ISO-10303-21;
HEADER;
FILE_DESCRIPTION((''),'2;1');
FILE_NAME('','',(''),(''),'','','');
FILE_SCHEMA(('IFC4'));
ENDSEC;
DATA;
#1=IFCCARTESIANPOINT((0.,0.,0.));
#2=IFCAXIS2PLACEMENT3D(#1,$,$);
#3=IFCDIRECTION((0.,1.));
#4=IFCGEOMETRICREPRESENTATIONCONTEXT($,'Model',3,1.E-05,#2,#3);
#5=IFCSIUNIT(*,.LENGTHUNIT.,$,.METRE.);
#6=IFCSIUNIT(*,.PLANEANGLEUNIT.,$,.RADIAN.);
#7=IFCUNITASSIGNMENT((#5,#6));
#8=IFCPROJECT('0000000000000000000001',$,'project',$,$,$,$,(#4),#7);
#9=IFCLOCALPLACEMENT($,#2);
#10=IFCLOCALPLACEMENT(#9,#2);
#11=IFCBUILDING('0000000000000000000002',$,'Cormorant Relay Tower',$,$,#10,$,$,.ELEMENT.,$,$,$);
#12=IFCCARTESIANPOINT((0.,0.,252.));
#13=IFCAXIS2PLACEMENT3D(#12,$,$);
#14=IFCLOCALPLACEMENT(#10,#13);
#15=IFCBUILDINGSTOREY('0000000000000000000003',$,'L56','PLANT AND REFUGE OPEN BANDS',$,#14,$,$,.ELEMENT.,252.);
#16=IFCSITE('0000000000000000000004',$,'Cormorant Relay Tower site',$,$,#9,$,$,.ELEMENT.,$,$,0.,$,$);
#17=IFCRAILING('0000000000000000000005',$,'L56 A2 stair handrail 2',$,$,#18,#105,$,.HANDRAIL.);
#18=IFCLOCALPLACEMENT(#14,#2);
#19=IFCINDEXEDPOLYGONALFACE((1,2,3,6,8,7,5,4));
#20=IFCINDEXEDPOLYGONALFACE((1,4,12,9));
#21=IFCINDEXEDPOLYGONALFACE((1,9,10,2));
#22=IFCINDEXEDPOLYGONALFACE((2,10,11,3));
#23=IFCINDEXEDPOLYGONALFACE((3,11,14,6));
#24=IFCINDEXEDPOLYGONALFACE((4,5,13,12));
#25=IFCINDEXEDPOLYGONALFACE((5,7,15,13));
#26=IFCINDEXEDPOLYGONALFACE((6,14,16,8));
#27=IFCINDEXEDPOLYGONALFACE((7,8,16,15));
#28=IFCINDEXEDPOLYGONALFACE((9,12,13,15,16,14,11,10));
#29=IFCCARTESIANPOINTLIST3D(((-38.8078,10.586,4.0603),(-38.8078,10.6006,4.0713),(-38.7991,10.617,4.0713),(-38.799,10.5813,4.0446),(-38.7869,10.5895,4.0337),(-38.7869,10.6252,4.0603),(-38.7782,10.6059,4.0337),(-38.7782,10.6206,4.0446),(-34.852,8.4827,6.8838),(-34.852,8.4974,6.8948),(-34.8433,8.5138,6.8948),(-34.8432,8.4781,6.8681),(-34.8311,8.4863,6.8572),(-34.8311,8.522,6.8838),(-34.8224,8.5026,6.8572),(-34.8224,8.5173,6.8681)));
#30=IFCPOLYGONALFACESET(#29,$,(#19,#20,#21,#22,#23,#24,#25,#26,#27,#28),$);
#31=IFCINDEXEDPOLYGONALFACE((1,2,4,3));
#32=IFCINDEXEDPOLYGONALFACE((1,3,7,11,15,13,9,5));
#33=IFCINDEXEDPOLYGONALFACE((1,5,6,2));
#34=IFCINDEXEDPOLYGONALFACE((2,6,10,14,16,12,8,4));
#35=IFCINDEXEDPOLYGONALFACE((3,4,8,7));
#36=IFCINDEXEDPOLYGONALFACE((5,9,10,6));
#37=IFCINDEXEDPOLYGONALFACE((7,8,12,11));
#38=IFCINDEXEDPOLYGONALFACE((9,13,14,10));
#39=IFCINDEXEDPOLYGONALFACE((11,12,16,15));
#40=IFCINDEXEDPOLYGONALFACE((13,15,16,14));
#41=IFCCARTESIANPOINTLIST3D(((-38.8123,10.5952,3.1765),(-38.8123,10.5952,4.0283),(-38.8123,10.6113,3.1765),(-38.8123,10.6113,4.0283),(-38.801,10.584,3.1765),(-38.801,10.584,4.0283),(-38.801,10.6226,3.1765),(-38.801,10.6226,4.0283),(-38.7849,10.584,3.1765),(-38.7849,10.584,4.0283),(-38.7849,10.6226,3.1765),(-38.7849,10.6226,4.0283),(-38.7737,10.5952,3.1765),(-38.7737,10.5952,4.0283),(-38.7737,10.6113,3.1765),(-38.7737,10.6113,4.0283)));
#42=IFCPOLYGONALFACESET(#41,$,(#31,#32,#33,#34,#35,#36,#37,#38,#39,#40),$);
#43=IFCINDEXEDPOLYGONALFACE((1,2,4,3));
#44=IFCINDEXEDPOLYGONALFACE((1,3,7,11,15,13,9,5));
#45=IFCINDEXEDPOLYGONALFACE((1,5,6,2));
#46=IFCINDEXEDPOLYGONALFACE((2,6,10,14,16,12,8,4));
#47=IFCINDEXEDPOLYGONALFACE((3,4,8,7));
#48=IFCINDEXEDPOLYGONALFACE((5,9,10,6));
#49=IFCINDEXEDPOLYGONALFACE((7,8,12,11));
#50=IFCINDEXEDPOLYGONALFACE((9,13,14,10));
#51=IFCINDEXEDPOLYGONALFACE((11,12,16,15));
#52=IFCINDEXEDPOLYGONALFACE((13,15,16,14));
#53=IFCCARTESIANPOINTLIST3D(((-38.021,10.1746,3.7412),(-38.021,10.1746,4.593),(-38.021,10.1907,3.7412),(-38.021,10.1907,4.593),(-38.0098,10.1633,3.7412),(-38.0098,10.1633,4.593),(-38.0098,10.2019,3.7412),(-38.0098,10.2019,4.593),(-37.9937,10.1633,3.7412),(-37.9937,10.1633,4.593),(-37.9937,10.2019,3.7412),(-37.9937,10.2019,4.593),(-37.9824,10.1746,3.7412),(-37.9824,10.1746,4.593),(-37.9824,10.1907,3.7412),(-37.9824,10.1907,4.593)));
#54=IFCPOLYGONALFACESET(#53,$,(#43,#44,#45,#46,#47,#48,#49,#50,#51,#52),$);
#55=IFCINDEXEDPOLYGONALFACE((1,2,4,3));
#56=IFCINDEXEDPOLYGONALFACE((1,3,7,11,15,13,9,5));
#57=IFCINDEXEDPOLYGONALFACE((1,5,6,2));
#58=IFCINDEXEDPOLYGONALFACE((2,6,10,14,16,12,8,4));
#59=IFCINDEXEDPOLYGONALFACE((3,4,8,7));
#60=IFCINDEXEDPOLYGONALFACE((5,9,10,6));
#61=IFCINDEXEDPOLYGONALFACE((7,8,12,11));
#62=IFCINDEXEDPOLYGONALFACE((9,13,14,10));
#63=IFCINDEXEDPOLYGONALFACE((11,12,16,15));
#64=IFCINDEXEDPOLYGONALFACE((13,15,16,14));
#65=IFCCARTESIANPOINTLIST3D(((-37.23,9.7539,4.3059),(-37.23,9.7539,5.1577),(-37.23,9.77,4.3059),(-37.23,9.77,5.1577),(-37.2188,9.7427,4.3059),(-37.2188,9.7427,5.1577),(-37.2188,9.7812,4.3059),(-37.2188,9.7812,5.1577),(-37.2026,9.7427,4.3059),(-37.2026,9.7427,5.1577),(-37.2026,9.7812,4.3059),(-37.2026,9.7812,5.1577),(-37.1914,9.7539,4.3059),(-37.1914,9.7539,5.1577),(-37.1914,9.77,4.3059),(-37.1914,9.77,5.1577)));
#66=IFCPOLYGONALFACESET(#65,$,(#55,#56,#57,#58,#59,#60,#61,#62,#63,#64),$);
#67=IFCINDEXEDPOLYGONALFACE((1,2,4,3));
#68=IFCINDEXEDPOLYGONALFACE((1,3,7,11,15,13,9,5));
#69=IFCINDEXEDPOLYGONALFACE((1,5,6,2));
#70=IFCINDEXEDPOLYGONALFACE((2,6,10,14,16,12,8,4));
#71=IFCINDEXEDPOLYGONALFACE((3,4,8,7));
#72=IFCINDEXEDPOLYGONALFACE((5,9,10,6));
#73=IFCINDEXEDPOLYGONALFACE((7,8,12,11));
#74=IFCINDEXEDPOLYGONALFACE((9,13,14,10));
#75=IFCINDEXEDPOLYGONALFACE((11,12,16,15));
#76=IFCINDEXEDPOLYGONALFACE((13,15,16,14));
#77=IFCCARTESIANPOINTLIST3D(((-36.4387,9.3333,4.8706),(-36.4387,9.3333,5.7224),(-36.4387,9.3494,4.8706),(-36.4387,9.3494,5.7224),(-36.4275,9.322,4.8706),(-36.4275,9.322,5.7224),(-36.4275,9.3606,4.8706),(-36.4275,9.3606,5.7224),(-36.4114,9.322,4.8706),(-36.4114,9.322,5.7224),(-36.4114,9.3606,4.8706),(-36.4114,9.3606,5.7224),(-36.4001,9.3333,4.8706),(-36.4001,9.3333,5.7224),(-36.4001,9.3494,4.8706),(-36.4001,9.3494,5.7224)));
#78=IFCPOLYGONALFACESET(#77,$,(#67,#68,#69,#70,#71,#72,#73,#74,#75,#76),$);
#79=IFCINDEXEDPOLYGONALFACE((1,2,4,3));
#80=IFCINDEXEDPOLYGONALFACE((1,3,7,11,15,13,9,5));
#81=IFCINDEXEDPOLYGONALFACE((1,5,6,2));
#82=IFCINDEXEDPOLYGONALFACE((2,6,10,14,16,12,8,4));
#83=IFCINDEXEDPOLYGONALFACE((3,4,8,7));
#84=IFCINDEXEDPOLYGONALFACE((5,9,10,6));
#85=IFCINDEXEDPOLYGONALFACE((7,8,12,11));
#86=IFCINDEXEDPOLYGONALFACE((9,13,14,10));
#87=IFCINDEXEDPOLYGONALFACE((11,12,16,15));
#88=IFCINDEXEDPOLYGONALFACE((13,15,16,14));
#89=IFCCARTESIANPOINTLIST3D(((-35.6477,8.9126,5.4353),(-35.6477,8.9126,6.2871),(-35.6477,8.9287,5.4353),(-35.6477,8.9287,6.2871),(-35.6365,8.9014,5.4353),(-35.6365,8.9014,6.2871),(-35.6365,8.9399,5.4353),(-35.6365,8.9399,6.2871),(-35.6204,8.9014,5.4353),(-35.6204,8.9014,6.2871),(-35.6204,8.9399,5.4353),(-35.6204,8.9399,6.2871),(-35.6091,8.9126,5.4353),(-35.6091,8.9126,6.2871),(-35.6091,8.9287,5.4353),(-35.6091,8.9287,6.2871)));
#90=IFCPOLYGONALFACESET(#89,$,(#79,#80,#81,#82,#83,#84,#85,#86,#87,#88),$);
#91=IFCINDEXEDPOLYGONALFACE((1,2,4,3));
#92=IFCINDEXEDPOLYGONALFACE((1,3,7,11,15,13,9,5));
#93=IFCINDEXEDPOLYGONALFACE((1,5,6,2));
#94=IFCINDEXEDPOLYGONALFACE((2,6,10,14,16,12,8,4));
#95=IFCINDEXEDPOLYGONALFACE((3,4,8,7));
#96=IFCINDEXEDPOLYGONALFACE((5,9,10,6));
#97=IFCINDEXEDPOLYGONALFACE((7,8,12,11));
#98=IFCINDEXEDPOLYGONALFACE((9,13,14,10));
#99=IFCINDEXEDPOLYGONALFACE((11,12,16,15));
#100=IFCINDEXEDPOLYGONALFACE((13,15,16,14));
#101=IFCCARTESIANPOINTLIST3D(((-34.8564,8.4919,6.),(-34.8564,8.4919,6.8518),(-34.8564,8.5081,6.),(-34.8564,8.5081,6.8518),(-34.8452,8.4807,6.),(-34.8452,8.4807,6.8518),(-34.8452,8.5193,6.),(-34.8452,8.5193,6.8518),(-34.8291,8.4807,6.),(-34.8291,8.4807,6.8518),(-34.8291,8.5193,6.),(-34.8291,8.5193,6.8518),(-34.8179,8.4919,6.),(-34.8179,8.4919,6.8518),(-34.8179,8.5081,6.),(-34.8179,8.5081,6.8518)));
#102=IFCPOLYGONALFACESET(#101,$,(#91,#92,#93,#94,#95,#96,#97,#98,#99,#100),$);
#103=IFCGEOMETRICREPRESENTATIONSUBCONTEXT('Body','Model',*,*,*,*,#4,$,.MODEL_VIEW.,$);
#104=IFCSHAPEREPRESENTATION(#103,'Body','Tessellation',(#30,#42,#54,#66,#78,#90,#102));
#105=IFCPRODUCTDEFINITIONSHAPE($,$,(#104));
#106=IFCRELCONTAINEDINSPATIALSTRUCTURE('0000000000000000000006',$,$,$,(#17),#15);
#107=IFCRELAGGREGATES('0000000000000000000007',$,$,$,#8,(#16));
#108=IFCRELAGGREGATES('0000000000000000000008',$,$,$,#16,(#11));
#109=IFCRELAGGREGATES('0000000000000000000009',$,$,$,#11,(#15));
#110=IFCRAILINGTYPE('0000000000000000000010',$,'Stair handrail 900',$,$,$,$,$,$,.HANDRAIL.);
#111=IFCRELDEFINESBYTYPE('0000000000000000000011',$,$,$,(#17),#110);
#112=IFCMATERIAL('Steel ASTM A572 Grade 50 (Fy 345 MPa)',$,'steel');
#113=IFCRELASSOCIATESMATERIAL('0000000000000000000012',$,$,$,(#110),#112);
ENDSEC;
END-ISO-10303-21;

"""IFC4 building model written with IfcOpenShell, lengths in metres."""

from ifc_helpers import new_model, si_unit, direction, frame, origin, place, context, subcontext, project, spatial, polyline, outline, extrude, material, type_object, element, save


model = new_model("IFC4")

# Units and contexts
model_context = context("Model", 3, precision=1e-05, world=origin(), true_north=direction((0.0, 1.0)))
body_context = subcontext(model_context, "Body", "Model", "MODEL_VIEW")
ifc_project = project(units=[si_unit("LENGTHUNIT", "METRE"), si_unit("PLANEANGLEUNIT", "RADIAN")], contexts=[model_context])

# Site, building, storey
site_placement = place(None, origin())
site = spatial("IfcSite", under=ifc_project, at=site_placement, Name="Cormorant Relay Tower site", CompositionType="ELEMENT", RefElevation=0.0)
building_placement = place(site_placement, origin())
building = spatial("IfcBuilding", under=site, at=building_placement, Name="Cormorant Relay Tower", CompositionType="ELEMENT")
storey_placement = place(building_placement, frame((0.0, 0.0, 252.0)))
storey = spatial("IfcBuildingStorey", under=building, at=storey_placement, Name="L56", Description="PLANT AND REFUGE OPEN BANDS", CompositionType="ELEMENT", Elevation=252.0)

# Railing
ifc_material_1 = material(Name="Steel ASTM A572 Grade 50 (Fy 345 MPa)", Category="steel")
railing_type_1 = type_object("IfcRailingType", Name="Stair handrail 900", PredefinedType="HANDRAIL", material=ifc_material_1)
railing_1_placement = place(storey_placement, frame((-38.793, 10.6033, 3.1765)))
element("IfcRailing", 1, at=railing_1_placement, inside=storey, type_object=railing_type_1, Name="L56 A2 stair handrail 2", PredefinedType="HANDRAIL", context=body_context, shape_type="SweptSolid", body=[
    extrude(outline(polyline([(0.0222, 0.0093), (0.0093, 0.0222), (-0.0093, 0.0222), (-0.0222, 0.0093), (-0.0222, -0.0093), (-0.0093, -0.0222), (0.0093, -0.0222), (0.0222, -0.0093), (0.0222, 0.0093)])), frame((0.0, 0.0, 0.876), z_axis=(0.746988, -0.397167, 0.533168), x_axis=(0.469459, 0.882954, 0.0)), (0.0, 0.0, 1.0), 5.2957),
    extrude(outline(polyline([(0.0193, 0.0081), (0.0081, 0.0193), (-0.0081, 0.0193), (-0.0193, 0.0081), (-0.0193, -0.0081), (-0.0081, -0.0193), (0.0081, -0.0193), (0.0193, -0.0081), (0.0193, 0.0081)])), origin(), (0.0, 0.0, 1.0), 0.8518),
    extrude(outline(polyline([(0.0193, 0.0081), (0.0081, 0.0193), (-0.0081, 0.0193), (-0.0193, 0.0081), (-0.0193, -0.0081), (-0.0081, -0.0193), (0.0081, -0.0193), (0.0193, -0.0081), (0.0193, 0.0081)])), frame((0.7913, -0.4207, 0.5647)), (0.0, 0.0, 1.0), 0.8518),
    extrude(outline(polyline([(0.0193, 0.0081), (0.0081, 0.0193), (-0.0081, 0.0193), (-0.0193, 0.0081), (-0.0193, -0.0081), (-0.0081, -0.0193), (0.0081, -0.0193), (0.0193, -0.0081), (0.0193, 0.0081)])), frame((1.5823, -0.8413, 1.1294)), (0.0, 0.0, 1.0), 0.8518),
    extrude(outline(polyline([(0.0193, 0.0081), (0.0081, 0.0193), (-0.0081, 0.0193), (-0.0193, 0.0081), (-0.0193, -0.0081), (-0.0081, -0.0193), (0.0081, -0.0193), (0.0193, -0.0081), (0.0193, 0.0081)])), frame((2.3735, -1.262, 1.6941)), (0.0, 0.0, 1.0), 0.8518),
    extrude(outline(polyline([(0.0193, 0.0081), (0.0081, 0.0193), (-0.0081, 0.0193), (-0.0193, 0.0081), (-0.0193, -0.0081), (-0.0081, -0.0193), (0.0081, -0.0193), (0.0193, -0.0081), (0.0193, 0.0081)])), frame((3.1646, -1.6826, 2.2588)), (0.0, 0.0, 1.0), 0.8518),
    extrude(outline(polyline([(0.0193, 0.0081), (0.0081, 0.0193), (-0.0081, 0.0193), (-0.0193, 0.0081), (-0.0193, -0.0081), (-0.0081, -0.0193), (0.0081, -0.0193), (0.0193, -0.0081), (0.0193, 0.0081)])), frame((3.9558, -2.1033, 2.8235)), (0.0, 0.0, 1.0), 0.8518),
])

save(model, "model.ifc")
